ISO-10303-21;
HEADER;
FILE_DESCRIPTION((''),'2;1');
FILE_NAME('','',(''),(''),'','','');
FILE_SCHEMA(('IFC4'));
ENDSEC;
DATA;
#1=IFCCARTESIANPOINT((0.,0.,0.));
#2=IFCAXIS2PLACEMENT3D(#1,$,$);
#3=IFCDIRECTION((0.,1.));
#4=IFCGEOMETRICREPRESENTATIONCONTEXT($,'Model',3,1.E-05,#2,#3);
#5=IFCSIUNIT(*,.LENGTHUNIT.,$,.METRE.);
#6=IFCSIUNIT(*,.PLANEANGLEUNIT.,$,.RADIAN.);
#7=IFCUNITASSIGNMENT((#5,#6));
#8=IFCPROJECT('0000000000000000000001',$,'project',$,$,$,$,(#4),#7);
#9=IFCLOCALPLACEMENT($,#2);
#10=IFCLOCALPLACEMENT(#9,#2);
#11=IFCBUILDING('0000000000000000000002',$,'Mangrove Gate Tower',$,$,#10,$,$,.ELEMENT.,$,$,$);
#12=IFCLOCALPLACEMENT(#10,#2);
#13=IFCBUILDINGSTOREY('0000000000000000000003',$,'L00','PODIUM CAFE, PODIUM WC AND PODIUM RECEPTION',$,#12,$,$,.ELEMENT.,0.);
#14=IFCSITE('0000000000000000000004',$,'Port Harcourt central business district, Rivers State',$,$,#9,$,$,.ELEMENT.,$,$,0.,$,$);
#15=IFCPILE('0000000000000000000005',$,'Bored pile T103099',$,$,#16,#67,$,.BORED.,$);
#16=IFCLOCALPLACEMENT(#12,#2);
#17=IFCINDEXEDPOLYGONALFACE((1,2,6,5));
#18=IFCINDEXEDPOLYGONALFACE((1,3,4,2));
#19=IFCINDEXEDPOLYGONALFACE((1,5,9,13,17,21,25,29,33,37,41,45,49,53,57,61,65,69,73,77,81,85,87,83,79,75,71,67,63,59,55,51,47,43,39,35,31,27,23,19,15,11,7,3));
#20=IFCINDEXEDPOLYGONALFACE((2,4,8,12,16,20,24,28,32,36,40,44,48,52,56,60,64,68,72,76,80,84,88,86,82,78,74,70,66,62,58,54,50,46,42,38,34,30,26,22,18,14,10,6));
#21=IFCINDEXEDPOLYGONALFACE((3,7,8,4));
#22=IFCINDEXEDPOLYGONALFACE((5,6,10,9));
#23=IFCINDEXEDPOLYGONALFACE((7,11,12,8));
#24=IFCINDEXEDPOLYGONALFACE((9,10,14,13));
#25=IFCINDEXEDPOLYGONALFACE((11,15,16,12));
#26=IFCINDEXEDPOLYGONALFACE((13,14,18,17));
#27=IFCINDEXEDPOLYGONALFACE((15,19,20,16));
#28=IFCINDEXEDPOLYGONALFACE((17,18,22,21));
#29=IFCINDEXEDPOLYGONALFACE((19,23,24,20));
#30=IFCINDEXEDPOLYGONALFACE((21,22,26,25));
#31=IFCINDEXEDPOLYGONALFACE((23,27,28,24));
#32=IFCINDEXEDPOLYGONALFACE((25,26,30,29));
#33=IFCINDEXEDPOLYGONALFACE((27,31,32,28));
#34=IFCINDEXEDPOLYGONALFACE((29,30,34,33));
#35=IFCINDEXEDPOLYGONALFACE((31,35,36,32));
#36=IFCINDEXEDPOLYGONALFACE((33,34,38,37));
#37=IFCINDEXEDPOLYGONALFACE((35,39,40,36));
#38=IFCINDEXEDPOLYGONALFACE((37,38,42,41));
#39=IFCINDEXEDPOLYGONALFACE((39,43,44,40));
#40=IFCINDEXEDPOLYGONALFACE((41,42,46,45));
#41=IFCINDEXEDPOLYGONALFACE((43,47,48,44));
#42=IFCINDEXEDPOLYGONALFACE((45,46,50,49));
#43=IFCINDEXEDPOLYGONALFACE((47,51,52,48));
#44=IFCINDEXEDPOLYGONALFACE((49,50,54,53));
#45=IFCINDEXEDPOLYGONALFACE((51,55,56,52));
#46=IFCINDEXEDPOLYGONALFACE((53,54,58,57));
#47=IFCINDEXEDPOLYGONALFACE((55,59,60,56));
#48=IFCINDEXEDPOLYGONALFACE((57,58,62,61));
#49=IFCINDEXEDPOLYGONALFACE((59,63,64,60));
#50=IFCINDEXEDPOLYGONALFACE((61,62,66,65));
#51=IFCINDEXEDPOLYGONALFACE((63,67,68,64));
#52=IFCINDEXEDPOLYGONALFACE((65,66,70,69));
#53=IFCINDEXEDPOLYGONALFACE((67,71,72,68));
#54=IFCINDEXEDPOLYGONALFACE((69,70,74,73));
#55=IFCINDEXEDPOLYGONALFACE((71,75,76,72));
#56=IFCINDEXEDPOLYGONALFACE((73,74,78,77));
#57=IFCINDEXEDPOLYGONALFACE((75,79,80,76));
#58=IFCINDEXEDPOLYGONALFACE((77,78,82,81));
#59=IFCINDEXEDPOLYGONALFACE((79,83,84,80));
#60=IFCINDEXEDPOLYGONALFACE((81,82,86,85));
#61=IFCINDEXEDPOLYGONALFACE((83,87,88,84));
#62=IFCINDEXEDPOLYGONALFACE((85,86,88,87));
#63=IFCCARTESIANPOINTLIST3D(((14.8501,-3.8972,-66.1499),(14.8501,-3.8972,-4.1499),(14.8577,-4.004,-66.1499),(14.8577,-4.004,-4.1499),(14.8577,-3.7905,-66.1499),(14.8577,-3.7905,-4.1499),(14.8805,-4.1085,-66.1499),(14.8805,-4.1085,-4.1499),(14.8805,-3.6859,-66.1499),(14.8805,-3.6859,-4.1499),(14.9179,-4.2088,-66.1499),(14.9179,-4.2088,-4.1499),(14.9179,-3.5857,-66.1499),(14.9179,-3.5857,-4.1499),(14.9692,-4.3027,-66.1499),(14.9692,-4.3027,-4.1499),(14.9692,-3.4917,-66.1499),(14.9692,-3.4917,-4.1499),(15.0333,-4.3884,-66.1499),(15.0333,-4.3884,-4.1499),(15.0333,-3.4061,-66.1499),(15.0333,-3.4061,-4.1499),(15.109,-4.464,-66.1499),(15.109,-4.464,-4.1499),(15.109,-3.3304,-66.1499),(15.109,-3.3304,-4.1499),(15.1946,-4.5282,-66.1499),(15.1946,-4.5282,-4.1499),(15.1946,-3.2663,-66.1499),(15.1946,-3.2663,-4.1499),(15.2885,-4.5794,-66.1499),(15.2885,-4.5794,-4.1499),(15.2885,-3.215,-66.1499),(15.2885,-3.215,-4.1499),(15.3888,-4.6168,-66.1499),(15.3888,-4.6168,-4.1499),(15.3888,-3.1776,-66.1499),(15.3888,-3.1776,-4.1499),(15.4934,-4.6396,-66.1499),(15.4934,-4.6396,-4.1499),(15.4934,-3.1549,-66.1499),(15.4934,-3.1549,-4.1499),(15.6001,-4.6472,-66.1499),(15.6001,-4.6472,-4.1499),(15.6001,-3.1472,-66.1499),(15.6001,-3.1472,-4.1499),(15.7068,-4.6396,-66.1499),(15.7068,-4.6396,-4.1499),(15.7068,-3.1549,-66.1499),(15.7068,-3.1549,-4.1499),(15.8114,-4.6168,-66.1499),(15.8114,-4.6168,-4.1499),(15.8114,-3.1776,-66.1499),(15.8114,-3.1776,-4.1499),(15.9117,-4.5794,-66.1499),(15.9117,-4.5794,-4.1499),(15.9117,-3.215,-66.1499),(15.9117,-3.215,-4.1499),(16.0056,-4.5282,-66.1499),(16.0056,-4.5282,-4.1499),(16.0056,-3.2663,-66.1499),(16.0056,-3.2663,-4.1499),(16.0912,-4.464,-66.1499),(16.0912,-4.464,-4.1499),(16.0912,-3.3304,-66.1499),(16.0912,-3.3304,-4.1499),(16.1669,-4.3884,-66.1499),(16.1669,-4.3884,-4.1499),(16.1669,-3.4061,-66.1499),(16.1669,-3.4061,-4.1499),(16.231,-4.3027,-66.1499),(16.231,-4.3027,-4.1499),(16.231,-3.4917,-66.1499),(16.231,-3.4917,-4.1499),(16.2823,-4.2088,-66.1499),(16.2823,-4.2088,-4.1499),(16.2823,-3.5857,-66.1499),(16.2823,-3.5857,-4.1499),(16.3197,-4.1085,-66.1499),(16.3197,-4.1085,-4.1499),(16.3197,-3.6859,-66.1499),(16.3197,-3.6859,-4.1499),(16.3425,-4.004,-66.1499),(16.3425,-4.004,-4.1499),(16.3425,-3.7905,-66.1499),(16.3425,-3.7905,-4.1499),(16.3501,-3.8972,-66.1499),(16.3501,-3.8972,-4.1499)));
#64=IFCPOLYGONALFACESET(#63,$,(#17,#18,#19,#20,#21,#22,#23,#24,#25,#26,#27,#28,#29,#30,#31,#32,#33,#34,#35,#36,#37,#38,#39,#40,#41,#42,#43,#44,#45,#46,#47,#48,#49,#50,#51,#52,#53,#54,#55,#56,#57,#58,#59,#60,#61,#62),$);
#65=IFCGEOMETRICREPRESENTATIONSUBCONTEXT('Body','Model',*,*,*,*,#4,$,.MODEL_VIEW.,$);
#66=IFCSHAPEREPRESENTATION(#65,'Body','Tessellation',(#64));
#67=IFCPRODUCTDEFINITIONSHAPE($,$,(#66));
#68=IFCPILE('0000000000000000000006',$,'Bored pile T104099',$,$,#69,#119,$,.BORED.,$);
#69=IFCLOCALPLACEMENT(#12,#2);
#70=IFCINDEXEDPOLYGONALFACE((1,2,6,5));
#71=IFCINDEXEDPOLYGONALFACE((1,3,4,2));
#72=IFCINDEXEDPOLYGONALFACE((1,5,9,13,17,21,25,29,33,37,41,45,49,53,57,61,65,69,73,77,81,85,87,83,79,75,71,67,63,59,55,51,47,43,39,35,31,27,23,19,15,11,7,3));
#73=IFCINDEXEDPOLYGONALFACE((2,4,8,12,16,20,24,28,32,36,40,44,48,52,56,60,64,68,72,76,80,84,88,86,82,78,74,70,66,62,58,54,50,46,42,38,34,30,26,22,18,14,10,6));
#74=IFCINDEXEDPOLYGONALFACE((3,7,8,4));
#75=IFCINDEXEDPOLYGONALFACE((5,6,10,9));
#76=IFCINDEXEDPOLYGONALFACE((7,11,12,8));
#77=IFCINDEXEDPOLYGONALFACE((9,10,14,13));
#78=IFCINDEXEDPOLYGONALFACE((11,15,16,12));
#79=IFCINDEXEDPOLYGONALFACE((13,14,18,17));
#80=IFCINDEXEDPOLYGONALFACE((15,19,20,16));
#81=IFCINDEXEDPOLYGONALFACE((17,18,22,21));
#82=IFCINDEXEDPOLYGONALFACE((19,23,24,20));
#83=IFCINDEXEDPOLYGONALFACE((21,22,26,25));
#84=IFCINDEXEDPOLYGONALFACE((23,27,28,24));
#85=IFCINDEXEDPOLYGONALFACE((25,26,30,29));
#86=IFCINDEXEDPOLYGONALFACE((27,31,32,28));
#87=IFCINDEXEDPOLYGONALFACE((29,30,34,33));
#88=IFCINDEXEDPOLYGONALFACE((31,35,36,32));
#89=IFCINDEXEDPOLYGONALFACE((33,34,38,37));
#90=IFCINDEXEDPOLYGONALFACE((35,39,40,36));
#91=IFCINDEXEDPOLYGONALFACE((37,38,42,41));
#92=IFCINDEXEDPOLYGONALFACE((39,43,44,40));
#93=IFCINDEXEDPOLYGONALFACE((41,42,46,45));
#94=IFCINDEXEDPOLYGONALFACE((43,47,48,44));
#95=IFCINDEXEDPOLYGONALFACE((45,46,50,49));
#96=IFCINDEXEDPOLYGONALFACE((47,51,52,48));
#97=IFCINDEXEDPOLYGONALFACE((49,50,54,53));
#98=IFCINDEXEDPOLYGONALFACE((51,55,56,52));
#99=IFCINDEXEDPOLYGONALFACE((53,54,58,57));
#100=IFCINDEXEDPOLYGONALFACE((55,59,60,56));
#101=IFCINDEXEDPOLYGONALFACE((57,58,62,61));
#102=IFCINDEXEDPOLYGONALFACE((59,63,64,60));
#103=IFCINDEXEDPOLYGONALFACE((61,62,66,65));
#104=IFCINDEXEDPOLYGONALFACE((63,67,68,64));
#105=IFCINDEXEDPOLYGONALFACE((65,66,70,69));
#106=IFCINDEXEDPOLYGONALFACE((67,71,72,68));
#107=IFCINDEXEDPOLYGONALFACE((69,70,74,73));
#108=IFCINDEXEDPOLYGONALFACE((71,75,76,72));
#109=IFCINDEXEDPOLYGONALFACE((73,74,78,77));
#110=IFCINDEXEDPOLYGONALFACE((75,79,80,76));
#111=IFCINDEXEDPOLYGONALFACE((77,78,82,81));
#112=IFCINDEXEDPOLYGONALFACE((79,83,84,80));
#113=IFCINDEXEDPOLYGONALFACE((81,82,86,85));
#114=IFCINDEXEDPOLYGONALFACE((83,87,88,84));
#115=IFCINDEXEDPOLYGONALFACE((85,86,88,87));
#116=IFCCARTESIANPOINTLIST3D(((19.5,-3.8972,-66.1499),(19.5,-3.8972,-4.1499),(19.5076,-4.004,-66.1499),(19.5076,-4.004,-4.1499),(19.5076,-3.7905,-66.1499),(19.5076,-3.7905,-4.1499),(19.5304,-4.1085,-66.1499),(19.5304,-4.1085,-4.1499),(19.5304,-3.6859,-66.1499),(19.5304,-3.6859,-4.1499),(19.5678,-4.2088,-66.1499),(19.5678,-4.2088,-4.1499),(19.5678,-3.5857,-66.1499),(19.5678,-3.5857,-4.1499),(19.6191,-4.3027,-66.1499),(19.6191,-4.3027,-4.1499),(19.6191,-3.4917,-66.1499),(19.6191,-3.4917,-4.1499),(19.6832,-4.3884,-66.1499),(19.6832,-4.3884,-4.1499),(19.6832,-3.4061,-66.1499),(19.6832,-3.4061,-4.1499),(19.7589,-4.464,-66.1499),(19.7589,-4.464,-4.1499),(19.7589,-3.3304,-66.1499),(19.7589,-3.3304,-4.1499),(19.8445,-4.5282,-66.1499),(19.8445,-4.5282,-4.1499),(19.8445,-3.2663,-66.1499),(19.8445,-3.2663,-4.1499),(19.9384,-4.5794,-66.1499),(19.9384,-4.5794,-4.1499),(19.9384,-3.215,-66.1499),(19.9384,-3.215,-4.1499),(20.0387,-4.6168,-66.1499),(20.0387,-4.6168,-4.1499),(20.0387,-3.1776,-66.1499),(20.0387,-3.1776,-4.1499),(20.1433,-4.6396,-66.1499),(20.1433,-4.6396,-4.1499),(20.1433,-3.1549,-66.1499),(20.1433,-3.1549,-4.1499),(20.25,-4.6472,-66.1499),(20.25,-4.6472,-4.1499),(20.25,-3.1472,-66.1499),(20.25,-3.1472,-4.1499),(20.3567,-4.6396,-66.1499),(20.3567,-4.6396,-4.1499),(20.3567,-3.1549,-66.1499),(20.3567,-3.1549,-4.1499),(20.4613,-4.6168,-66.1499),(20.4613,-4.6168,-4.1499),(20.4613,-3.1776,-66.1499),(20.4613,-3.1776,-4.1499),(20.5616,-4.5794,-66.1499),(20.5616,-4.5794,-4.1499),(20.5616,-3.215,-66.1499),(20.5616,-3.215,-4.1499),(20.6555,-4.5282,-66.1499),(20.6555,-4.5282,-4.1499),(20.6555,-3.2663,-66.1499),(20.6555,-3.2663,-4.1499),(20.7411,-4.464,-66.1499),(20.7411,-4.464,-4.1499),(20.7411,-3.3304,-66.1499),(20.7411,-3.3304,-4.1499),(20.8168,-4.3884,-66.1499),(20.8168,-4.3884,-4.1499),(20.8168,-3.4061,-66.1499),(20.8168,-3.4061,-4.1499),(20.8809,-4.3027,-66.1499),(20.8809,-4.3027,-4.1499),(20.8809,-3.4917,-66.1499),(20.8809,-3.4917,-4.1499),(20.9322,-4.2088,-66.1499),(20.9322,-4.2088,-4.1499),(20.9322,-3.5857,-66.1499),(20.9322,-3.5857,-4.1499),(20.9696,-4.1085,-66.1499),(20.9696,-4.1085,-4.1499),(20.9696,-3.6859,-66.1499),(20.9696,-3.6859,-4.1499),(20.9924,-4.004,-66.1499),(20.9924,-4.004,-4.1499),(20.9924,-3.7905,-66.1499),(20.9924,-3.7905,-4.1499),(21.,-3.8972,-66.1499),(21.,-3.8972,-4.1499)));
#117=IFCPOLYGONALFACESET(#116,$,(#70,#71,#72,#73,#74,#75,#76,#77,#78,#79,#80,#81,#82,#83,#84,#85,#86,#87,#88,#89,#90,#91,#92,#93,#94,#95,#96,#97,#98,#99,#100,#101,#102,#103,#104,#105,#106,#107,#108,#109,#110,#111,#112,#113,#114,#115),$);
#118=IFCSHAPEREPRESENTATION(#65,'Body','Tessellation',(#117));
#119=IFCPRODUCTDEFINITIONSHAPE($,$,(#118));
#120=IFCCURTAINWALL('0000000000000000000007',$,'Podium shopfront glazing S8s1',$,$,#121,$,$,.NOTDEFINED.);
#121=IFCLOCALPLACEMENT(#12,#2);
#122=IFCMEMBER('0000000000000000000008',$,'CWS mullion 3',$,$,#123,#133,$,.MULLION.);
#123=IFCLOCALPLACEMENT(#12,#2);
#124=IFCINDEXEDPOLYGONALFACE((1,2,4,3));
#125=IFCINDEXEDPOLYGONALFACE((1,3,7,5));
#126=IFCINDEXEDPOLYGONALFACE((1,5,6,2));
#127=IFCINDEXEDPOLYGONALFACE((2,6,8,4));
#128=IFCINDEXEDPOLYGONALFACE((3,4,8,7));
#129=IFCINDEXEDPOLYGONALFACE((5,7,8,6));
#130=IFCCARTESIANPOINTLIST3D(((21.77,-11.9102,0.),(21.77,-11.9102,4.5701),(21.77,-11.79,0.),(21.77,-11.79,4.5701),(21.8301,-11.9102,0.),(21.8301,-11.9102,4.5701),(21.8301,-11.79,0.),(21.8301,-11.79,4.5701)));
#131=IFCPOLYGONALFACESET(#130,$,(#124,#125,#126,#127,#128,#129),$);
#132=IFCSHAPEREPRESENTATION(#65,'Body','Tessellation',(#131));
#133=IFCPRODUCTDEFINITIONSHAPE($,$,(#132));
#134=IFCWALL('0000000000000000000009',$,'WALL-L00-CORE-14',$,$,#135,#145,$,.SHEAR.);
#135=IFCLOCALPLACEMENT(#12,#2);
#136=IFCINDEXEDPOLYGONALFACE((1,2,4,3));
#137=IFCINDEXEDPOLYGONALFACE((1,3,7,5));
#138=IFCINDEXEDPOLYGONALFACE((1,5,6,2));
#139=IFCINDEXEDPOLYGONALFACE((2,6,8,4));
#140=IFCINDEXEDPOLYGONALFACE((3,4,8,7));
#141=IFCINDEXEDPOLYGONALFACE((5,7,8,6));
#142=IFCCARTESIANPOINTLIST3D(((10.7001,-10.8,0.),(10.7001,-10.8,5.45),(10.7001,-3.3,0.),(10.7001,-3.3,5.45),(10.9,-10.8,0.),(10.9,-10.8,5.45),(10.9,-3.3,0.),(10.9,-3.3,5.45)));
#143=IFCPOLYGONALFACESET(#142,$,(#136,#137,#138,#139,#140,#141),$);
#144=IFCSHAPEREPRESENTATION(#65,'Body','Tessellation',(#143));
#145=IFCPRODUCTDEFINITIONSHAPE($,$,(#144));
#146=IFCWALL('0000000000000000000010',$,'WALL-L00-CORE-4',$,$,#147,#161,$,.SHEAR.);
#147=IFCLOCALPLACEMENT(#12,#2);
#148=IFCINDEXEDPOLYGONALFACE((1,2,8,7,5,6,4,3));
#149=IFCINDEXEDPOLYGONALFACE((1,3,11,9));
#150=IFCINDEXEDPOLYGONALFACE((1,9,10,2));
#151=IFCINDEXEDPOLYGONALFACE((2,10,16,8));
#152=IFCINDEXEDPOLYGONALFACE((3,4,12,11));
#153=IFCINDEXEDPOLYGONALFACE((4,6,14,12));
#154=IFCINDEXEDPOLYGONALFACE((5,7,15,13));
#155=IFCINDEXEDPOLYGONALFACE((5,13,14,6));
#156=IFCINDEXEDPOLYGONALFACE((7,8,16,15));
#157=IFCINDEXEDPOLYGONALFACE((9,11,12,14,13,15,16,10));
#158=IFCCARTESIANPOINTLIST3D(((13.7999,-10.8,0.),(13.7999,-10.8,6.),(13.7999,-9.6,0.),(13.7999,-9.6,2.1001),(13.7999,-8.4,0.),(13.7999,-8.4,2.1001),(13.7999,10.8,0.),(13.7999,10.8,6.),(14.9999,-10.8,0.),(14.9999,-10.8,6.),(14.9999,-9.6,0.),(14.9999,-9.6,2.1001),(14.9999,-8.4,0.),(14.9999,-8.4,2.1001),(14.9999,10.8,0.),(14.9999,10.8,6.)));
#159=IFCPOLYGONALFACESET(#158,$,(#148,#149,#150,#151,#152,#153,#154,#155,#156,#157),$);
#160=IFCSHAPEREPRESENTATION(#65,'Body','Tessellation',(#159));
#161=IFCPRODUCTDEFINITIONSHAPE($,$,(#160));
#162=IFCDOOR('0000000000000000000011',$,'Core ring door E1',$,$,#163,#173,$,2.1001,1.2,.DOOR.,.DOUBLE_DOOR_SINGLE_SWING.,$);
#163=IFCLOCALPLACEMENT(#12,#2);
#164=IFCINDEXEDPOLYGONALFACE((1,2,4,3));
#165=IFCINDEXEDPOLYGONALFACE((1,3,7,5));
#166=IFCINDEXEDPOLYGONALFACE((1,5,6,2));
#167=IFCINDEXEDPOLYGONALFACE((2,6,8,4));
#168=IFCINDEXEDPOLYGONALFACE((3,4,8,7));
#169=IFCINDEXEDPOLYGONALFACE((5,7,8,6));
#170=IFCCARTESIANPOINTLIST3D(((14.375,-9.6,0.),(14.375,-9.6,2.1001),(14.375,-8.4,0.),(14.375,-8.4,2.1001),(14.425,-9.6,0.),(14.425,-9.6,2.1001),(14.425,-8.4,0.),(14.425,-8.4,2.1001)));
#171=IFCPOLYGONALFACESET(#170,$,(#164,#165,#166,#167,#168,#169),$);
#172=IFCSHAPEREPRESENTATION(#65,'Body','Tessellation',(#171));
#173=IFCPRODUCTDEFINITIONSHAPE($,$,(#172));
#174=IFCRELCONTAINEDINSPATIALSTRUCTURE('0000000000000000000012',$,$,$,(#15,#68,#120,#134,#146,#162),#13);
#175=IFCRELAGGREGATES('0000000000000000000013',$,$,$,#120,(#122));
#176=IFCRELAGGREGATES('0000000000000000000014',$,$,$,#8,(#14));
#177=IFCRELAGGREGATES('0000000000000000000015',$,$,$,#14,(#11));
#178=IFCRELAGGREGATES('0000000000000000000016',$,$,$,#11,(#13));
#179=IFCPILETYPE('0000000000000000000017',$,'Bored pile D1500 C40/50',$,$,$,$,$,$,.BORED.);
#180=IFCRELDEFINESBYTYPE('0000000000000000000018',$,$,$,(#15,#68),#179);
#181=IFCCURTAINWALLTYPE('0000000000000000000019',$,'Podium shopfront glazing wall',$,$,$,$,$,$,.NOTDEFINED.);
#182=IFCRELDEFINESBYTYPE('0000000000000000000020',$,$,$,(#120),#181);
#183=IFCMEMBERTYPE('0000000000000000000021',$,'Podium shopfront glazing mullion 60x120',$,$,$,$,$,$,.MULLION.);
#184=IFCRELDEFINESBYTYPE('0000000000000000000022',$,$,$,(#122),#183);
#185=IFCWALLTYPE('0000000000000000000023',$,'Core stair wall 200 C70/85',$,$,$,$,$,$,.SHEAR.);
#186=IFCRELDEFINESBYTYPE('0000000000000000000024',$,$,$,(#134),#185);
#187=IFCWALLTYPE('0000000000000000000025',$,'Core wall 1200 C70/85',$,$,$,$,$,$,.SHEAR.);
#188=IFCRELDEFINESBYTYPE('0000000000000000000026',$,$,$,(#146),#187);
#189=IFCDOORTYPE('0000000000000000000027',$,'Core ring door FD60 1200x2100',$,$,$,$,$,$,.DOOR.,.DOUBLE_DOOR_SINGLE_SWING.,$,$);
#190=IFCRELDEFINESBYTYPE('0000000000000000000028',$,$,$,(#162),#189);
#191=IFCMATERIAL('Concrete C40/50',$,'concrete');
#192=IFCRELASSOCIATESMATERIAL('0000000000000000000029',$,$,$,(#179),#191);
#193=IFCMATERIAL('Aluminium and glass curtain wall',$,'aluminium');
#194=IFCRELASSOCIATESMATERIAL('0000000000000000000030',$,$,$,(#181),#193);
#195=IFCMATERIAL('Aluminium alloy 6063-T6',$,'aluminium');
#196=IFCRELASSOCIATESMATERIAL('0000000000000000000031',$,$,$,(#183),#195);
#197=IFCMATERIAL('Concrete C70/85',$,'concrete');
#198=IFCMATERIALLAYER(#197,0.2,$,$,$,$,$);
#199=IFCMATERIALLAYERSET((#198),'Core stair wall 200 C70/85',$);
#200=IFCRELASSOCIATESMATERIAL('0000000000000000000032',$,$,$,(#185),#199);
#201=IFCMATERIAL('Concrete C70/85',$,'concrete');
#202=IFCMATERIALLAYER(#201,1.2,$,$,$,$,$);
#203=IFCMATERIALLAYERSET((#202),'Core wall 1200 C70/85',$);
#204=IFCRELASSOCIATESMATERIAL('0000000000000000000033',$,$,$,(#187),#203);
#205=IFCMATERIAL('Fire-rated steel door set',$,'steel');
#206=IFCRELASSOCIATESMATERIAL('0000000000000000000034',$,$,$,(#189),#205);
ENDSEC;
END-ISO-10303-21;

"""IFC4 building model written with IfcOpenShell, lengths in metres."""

from ifc_helpers import new_model, si_unit, direction, frame, frame_2d, origin, origin_2d, place, context, subcontext, project, spatial, rectangle, circle, extrude, material, layer, layer_set, material_profile, profile_set, type_object, element, fill, aggregate, save


model = new_model("IFC4")

# Units and contexts
model_context = context("Model", 3, precision=1e-05, world=origin(), true_north=direction((0.0, 1.0)))
body_context = subcontext(model_context, "Body", "Model", "MODEL_VIEW")
ifc_project = project(units=[si_unit("LENGTHUNIT", "METRE"), si_unit("PLANEANGLEUNIT", "RADIAN")], contexts=[model_context])

# Site, building, storey
site_placement = place(None, origin())
site = spatial("IfcSite", under=ifc_project, at=site_placement, Name="Port Harcourt central business district, Rivers State", CompositionType="ELEMENT", RefElevation=0.0)
building_placement = place(site_placement, origin())
building = spatial("IfcBuilding", under=site, at=building_placement, Name="Mangrove Gate Tower", CompositionType="ELEMENT")
storey_placement = place(building_placement, origin())
storey = spatial("IfcBuildingStorey", under=building, at=storey_placement, Name="L00", Description="PODIUM CAFE, PODIUM WC AND PODIUM RECEPTION", CompositionType="ELEMENT", Elevation=0.0)

# Piles
ifc_material_1 = material(Name="Concrete C40/50", Category="concrete")
ifc_material_profile_1 = material_profile(ifc_material_1, circle(Radius=0.75, at=origin_2d()))
ifc_profile_set_1 = profile_set([ifc_material_profile_1], Name="Concrete C40/50")
pile_type = type_object("IfcPileType", Name="Bored pile D1500 C40/50", PredefinedType="BORED", material=ifc_profile_set_1)
for number, where, z_axis, x_axis, name in (
    (1, (15.6001, -3.8972, -4.1499), (0.0, 0.0, -1.0), (1.0, 0.0, 0.0), "Bored pile T103099"),
    (2, (20.25, -3.8972, -4.1499), (0.0, 0.0, -1.0), (1.0, 0.0, 0.0), "Bored pile T104099"),
):
    element("IfcPile", number, at=place(storey_placement, frame(where, z_axis=z_axis, x_axis=x_axis)), inside=storey, type_object=pile_type, Name=name, PredefinedType="BORED", context=body_context, shape_type="SweptSolid", body=[
        extrude(circle(Radius=0.75, at=origin_2d()), origin(), (0.0, 0.0, 1.0), 62.0),
    ])

# Curtain wall, member
ifc_material_2 = material(Name="Aluminium and glass curtain wall", Category="aluminium")
curtain_wall_type = type_object("IfcCurtainWallType", Name="Podium shopfront glazing wall", PredefinedType="NOTDEFINED", material=ifc_material_2)
curtain_wall_placement = place(storey_placement, origin())
curtain_wall = element("IfcCurtainWall", 3, at=curtain_wall_placement, inside=storey, type_object=curtain_wall_type, Name="Podium shopfront glazing S8s1", PredefinedType="NOTDEFINED")
ifc_material_3 = material(Name="Aluminium alloy 6063-T6", Category="aluminium")
ifc_material_profile_2 = material_profile(ifc_material_3, rectangle(XDim=0.0601, YDim=0.1201, at=origin_2d()))
ifc_profile_set_2 = profile_set([ifc_material_profile_2], Name="Aluminium alloy 6063-T6")
member_type = type_object("IfcMemberType", Name="Podium shopfront glazing mullion 60x120", PredefinedType="MULLION", material=ifc_profile_set_2)
member_placement = place(storey_placement, frame((21.8, -11.8501, 0.0), z_axis=(0.0, 0.0, 1.0), x_axis=(1.0, 0.0, 0.0)))
member = element("IfcMember", 4, at=member_placement, type_object=member_type, Name="CWS mullion 3", PredefinedType="MULLION", context=body_context, shape_type="SweptSolid", body=[
    extrude(rectangle(XDim=0.0601, YDim=0.1201, at=origin_2d()), origin(), (0.0, 0.0, 1.0), 4.5701),
])
aggregate(curtain_wall, [member])

# Wall
ifc_material_4 = material(Name="Concrete C70/85", Category="concrete")
ifc_layer_1 = layer(ifc_material_4, 0.2)
ifc_layer_set_1 = layer_set([ifc_layer_1], Name="Core stair wall 200 C70/85")
wall_type_1 = type_object("IfcWallType", Name="Core stair wall 200 C70/85", PredefinedType="SHEAR", material=ifc_layer_set_1)
wall_1_placement = place(storey_placement, frame((10.8, -10.8, 0.0), z_axis=(0.0, 0.0, 1.0), x_axis=(0.0, 1.0, 0.0)))
element("IfcWall", 5, at=wall_1_placement, inside=storey, type_object=wall_type_1, Name="WALL-L00-CORE-14", PredefinedType="SHEAR", context=body_context, shape_type="SweptSolid", body=[
    extrude(rectangle(XDim=7.5, YDim=0.2, at=frame_2d((3.75, 0.0))), origin(), (0.0, 0.0, 1.0), 5.45),
])

# Wall, opening, door
ifc_material_5 = material(Name="Concrete C70/85", Category="concrete")
ifc_layer_2 = layer(ifc_material_5, 1.2)
ifc_layer_set_2 = layer_set([ifc_layer_2], Name="Core wall 1200 C70/85")
wall_type_2 = type_object("IfcWallType", Name="Core wall 1200 C70/85", PredefinedType="SHEAR", material=ifc_layer_set_2)
wall_2_placement = place(storey_placement, frame((14.3999, -10.8, 0.0), z_axis=(0.0, 0.0, 1.0), x_axis=(0.0, 1.0, 0.0)))
wall_2 = element("IfcWall", 6, at=wall_2_placement, inside=storey, type_object=wall_type_2, Name="WALL-L00-CORE-4", PredefinedType="SHEAR", context=body_context, shape_type="SweptSolid", body=[
    extrude(rectangle(XDim=21.6001, YDim=1.2, at=frame_2d((10.8, 0.0))), origin(), (0.0, 0.0, 1.0), 6.0),
])
opening_placement = place(wall_2_placement, frame((1.2, 0.0, 0.0)))
opening = element("IfcOpeningElement", 7, at=opening_placement, cuts=wall_2, PredefinedType="OPENING", context=body_context, shape_type="SweptSolid", body=[
    extrude(rectangle(XDim=1.2, YDim=2.1001, at=frame_2d((0.6001, 1.05))), frame((0.0, 0.6099, 0.0), z_axis=(0.0, -1.0, 0.0), x_axis=(1.0, 0.0, 0.0)), (0.0, 0.0, 1.0), 1.22),
])
ifc_material_6 = material(Name="Fire-rated steel door set", Category="steel")
door_type = type_object("IfcDoorType", Name="Core ring door FD60 1200x2100", OperationType="DOUBLE_DOOR_SINGLE_SWING", PredefinedType="DOOR", material=ifc_material_6)
door_placement = place(opening_placement, origin())
door = element("IfcDoor", 8, at=door_placement, inside=storey, type_object=door_type, Name="Core ring door E1", OperationType="DOUBLE_DOOR_SINGLE_SWING", OverallHeight=2.1001, OverallWidth=1.2, PredefinedType="DOOR", context=body_context, shape_type="SweptSolid", body=[
    extrude(rectangle(XDim=1.2, YDim=2.1001, at=frame_2d((0.6001, 1.05))), frame((0.0, 0.0249, 0.0), z_axis=(0.0, -1.0, 0.0), x_axis=(1.0, 0.0, 0.0)), (0.0, 0.0, 1.0), 0.05),
])
fill(opening, door)

save(model, "model.ifc")
